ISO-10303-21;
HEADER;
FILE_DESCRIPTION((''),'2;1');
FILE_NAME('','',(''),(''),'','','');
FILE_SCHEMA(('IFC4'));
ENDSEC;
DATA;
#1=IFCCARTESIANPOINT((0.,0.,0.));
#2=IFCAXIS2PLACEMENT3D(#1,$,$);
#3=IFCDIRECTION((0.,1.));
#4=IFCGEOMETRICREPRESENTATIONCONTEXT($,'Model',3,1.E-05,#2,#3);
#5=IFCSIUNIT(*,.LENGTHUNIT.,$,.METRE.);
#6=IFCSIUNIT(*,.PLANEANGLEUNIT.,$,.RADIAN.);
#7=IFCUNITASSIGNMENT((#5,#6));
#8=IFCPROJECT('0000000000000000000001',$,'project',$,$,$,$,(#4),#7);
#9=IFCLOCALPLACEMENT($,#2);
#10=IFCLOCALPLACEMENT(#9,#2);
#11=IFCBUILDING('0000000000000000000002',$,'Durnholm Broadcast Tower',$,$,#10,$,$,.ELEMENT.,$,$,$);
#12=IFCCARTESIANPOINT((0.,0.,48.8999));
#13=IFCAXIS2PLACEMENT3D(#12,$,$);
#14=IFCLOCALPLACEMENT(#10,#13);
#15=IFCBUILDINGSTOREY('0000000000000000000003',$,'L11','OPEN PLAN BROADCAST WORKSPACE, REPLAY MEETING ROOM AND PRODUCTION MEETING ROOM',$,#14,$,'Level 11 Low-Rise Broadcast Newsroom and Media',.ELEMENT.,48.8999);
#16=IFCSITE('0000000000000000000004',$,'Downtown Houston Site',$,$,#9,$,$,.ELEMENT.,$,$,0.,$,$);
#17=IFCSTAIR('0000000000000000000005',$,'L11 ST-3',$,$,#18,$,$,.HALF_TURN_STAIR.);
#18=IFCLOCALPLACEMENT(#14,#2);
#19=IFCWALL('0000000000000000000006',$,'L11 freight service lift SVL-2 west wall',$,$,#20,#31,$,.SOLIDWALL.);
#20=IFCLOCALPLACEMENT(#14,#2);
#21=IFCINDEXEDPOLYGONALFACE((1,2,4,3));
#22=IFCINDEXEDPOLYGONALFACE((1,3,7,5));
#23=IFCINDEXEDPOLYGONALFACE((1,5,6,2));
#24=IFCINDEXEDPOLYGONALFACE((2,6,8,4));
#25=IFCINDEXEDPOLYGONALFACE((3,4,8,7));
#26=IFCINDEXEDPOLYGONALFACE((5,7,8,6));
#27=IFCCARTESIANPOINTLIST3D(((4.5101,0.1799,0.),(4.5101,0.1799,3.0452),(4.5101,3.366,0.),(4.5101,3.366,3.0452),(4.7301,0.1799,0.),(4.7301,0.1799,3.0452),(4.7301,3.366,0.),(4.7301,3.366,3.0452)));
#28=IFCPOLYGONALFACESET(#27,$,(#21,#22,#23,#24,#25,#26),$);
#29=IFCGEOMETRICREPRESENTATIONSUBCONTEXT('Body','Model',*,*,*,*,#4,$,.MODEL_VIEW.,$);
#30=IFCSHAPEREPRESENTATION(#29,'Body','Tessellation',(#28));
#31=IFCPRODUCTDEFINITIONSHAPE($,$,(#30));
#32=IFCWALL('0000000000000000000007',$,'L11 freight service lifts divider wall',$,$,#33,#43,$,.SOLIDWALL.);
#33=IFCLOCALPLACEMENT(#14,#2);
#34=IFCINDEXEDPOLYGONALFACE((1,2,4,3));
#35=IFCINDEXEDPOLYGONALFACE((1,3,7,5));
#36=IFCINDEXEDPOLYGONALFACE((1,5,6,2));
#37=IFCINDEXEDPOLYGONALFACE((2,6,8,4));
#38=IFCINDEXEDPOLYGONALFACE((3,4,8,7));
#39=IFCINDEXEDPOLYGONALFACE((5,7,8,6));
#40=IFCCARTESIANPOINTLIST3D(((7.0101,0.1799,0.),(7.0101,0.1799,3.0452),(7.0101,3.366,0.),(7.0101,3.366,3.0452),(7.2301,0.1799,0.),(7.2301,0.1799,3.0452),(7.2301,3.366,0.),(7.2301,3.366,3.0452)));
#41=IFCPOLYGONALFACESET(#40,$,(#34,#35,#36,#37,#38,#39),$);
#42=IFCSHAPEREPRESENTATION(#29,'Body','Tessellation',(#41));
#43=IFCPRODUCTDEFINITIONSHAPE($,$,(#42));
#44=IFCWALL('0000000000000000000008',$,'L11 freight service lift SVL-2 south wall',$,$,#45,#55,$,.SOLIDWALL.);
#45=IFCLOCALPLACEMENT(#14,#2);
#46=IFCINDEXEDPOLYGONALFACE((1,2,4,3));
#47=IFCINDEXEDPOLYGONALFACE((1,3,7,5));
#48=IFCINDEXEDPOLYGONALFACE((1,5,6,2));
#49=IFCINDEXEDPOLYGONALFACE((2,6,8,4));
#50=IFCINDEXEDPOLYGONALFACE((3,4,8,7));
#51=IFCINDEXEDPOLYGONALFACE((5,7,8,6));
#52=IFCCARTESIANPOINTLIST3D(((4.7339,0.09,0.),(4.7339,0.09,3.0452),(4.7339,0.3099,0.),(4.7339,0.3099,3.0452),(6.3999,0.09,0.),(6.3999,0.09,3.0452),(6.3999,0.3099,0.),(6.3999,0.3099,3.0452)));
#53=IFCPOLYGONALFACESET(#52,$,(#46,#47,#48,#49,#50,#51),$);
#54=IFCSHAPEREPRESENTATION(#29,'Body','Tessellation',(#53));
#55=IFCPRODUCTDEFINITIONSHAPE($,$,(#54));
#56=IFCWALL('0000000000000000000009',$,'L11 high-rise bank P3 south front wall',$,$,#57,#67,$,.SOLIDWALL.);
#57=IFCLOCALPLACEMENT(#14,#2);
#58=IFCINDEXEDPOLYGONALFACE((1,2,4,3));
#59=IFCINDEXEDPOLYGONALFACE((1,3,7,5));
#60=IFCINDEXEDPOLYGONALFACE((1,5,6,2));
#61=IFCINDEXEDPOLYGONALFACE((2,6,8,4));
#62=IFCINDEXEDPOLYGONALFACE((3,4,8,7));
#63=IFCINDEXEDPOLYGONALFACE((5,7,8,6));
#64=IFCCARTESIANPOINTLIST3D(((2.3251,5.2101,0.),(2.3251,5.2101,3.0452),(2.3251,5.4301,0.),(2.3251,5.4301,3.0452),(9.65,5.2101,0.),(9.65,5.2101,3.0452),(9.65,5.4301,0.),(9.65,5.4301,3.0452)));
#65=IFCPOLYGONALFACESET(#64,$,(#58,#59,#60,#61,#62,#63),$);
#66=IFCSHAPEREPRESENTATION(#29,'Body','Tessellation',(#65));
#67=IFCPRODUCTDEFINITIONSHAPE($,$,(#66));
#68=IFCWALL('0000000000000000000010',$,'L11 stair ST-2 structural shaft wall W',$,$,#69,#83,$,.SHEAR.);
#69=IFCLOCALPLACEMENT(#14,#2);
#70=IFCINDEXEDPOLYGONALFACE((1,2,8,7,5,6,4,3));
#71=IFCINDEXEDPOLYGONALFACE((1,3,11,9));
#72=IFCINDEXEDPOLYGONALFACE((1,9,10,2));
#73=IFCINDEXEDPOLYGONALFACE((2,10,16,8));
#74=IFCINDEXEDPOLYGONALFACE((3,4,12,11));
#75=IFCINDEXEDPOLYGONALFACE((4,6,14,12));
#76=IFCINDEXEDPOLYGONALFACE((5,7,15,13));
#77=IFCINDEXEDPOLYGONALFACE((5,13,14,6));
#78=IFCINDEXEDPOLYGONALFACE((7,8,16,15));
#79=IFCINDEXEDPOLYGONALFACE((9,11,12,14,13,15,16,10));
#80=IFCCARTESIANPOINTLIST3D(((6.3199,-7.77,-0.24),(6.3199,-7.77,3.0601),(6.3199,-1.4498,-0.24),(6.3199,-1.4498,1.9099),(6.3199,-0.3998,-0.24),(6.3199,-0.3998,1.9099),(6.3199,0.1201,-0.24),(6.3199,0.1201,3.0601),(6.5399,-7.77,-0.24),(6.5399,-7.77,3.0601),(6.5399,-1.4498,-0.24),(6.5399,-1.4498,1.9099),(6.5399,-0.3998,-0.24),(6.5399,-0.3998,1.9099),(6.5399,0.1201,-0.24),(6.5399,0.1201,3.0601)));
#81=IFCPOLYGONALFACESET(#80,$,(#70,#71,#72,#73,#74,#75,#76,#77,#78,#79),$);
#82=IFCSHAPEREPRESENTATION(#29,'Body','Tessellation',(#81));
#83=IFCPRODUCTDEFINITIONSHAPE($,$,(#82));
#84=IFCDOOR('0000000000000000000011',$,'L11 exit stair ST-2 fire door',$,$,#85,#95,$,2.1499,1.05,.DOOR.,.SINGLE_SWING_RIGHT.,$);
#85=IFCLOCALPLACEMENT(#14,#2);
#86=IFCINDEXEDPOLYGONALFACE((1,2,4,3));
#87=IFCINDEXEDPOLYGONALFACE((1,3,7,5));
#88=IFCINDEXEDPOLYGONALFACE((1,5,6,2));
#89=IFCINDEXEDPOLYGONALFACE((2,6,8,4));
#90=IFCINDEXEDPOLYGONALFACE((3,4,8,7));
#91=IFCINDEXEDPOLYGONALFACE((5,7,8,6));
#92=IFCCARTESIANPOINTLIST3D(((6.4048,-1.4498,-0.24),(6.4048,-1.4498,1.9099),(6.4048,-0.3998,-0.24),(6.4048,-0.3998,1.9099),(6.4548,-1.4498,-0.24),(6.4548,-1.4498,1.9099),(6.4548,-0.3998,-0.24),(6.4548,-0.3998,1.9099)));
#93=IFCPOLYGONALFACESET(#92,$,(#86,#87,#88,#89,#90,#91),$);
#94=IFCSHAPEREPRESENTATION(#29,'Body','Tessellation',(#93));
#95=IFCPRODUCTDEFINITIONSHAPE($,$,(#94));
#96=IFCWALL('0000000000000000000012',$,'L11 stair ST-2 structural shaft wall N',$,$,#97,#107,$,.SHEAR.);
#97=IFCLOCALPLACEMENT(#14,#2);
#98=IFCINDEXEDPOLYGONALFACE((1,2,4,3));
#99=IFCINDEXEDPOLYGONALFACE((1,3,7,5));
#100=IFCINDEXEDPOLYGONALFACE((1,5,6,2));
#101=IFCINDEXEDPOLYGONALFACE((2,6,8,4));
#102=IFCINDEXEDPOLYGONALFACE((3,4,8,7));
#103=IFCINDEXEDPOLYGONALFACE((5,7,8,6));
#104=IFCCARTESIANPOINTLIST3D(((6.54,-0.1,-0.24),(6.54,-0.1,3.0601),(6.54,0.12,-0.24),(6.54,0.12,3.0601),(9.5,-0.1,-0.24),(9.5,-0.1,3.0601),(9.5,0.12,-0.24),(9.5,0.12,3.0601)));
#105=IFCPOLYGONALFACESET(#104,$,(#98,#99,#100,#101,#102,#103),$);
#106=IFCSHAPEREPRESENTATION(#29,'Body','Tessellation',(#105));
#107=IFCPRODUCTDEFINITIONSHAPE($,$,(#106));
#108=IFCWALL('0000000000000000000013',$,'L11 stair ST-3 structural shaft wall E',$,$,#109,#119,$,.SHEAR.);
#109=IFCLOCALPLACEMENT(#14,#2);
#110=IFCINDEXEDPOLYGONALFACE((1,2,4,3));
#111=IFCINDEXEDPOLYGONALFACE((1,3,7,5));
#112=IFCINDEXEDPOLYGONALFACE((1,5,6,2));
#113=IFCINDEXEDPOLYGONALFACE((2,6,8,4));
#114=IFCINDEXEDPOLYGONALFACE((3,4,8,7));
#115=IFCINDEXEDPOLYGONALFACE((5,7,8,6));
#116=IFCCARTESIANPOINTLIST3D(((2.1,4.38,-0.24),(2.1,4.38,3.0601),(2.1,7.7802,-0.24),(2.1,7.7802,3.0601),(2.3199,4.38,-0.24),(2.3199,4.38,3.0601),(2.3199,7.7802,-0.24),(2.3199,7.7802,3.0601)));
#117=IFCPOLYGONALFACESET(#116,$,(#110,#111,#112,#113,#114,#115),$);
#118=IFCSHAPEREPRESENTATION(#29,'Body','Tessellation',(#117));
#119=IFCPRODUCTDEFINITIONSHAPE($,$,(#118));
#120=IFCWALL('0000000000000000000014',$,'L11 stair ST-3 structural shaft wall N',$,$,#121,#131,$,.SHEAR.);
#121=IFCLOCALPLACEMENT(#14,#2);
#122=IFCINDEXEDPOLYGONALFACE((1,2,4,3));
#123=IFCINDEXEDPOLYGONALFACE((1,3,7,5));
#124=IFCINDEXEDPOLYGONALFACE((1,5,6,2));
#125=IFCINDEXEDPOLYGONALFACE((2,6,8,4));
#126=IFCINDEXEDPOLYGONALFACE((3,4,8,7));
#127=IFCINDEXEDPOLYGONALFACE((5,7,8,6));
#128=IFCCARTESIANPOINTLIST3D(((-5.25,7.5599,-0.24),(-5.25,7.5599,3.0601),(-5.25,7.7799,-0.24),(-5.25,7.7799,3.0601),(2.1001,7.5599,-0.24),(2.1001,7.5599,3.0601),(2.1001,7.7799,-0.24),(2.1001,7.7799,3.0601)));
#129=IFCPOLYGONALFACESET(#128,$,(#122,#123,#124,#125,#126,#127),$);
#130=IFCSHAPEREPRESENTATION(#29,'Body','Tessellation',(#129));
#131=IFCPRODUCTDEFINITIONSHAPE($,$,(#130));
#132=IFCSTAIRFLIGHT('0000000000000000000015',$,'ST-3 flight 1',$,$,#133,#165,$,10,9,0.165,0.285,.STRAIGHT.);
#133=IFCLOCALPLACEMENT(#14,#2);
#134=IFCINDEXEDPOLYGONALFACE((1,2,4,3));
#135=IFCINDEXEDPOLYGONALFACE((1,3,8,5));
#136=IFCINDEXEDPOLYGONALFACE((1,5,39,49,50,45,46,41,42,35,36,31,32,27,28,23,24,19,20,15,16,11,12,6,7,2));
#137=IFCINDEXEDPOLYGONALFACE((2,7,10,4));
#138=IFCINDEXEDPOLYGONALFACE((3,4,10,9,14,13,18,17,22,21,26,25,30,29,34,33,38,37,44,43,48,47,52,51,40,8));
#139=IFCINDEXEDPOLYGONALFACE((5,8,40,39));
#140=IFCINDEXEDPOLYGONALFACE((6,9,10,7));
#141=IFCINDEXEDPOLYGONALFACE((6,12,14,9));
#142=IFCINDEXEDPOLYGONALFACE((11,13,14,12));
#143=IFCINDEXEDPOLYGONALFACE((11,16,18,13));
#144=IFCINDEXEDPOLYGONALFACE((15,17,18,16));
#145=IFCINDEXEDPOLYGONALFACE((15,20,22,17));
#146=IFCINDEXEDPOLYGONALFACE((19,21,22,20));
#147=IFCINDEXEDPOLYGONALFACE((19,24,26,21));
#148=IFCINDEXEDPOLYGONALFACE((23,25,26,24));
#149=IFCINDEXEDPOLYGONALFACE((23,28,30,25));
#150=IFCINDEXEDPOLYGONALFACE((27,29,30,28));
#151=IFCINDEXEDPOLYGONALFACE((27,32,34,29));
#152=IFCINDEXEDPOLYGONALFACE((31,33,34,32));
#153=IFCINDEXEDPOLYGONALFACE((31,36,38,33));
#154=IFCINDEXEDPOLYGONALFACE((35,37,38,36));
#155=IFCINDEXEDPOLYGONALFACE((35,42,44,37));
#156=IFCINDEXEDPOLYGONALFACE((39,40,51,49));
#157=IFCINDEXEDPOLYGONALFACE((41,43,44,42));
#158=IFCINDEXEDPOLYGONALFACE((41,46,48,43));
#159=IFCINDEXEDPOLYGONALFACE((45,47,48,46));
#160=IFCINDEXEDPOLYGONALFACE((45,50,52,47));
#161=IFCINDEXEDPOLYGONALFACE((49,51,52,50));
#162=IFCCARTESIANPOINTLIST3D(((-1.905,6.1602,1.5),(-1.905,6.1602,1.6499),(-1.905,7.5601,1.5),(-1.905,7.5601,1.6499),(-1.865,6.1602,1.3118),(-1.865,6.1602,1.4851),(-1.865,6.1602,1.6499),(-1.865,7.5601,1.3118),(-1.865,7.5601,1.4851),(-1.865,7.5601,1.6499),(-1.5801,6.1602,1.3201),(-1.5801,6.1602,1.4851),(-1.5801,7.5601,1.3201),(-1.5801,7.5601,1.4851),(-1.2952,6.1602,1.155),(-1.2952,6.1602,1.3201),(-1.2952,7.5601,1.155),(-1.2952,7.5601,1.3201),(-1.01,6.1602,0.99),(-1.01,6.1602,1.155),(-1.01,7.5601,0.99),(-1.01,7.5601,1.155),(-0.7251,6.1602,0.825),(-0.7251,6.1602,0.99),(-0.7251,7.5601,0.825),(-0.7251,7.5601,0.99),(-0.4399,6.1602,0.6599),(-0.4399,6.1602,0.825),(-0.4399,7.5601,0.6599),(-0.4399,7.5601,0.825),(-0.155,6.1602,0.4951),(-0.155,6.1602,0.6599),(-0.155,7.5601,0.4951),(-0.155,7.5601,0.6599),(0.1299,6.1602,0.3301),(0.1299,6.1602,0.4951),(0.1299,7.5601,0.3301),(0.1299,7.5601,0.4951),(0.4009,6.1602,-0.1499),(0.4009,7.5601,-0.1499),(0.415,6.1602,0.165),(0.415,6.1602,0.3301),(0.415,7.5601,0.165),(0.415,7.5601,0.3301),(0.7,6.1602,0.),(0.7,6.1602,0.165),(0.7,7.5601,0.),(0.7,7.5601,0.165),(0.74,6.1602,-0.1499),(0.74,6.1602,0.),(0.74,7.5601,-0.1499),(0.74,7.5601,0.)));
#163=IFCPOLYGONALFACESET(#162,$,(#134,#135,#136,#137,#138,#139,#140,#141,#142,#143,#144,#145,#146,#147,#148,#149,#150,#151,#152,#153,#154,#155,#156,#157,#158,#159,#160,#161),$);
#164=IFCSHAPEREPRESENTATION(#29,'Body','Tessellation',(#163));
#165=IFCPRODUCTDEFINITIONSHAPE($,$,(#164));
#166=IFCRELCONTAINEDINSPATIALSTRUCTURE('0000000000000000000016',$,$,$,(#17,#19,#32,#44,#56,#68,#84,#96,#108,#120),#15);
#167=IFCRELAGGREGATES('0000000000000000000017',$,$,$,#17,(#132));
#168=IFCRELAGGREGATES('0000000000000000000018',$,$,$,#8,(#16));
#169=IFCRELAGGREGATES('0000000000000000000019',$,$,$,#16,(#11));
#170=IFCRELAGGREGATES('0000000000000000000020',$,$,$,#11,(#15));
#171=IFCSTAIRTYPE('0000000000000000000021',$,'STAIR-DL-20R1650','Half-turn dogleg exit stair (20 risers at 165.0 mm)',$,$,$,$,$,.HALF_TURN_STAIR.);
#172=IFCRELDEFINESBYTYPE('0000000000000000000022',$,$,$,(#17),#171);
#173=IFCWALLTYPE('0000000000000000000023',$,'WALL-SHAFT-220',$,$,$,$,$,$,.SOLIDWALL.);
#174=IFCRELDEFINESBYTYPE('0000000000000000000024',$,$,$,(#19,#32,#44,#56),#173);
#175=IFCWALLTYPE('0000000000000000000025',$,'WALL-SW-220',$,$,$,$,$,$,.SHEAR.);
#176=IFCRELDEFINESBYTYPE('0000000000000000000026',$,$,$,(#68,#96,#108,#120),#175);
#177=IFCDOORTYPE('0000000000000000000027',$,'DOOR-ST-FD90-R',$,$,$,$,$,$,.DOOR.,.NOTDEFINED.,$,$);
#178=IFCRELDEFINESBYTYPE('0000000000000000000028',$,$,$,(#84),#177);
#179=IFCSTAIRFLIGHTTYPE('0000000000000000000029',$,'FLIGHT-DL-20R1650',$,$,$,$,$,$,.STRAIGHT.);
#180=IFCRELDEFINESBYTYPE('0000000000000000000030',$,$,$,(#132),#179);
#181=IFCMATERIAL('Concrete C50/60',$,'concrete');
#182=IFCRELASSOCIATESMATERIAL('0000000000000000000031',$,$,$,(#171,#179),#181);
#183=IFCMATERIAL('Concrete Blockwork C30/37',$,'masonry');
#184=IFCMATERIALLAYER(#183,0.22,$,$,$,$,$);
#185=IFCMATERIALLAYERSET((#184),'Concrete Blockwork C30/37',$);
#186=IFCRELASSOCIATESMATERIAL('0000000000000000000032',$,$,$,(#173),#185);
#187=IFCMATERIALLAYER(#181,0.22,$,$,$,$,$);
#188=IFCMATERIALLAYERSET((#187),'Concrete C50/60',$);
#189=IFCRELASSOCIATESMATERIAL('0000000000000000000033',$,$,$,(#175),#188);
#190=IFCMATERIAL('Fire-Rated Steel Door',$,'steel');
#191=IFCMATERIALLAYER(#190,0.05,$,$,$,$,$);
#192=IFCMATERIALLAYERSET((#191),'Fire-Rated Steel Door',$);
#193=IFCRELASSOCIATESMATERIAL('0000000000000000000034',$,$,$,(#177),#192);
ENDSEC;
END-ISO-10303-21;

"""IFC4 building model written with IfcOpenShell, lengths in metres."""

from ifc_helpers import new_model, si_unit, direction, frame, frame_2d, origin, place, context, subcontext, project, spatial, polyline, rectangle, outline, extrude, source, transform, mapped, material, layer, layer_set, type_object, type_shapes, element, fill, aggregate, save


model = new_model("IFC4")

# Units and contexts
model_context = context("Model", 3, precision=1e-05, world=origin(), true_north=direction((0.0, 1.0)))
body_context = subcontext(model_context, "Body", "Model", "MODEL_VIEW")
ifc_project = project(units=[si_unit("LENGTHUNIT", "METRE"), si_unit("PLANEANGLEUNIT", "RADIAN")], contexts=[model_context])

# Site, building, storey
site_placement = place(None, origin())
site = spatial("IfcSite", under=ifc_project, at=site_placement, Name="Downtown Houston Site", CompositionType="ELEMENT", RefElevation=0.0)
building_placement = place(site_placement, origin())
building = spatial("IfcBuilding", under=site, at=building_placement, Name="Durnholm Broadcast Tower", CompositionType="ELEMENT")
storey_placement = place(building_placement, frame((0.0, 0.0, 48.8999)))
storey = spatial("IfcBuildingStorey", under=building, at=storey_placement, Name="L11", Description="OPEN PLAN BROADCAST WORKSPACE, REPLAY MEETING ROOM AND PRODUCTION MEETING ROOM", LongName="Level 11 Low-Rise Broadcast Newsroom and Media", CompositionType="ELEMENT", Elevation=48.8999)

# Stair
ifc_material_1 = material(Name="Concrete C50/60", Category="concrete")
stair_type = type_object("IfcStairType", Name="STAIR-DL-20R1650", Description="Half-turn dogleg exit stair (20 risers at 165.0 mm)", PredefinedType="HALF_TURN_STAIR", material=ifc_material_1)
stair_1_placement = place(storey_placement, origin())
stair_1 = element("IfcStair", 1, at=stair_1_placement, inside=storey, type_object=stair_type, Name="L11 ST-3", PredefinedType="HALF_TURN_STAIR")

# Shared definitions
ifc_material_2 = material(Name="Concrete Blockwork C30/37", Category="masonry")
ifc_layer_1 = layer(ifc_material_2, 0.22)
ifc_layer_set_1 = layer_set([ifc_layer_1], Name="Concrete Blockwork C30/37")
wall_type_1 = type_object("IfcWallType", Name="WALL-SHAFT-220", PredefinedType="SOLIDWALL", material=ifc_layer_set_1)

# Walls
for number, where, z_axis, x_axis, name in (
    (2, (4.6201, 0.1799, 0.0), (0.0, 0.0, 1.0), (0.0, 1.0, 0.0), "L11 freight service lift SVL-2 west wall"),
    (3, (7.1201, 0.1799, 0.0), (0.0, 0.0, 1.0), (0.0, 1.0, 0.0), "L11 freight service lifts divider wall"),
):
    element("IfcWall", number, at=place(storey_placement, frame(where, z_axis=z_axis, x_axis=x_axis)), inside=storey, type_object=wall_type_1, Name=name, PredefinedType="SOLIDWALL", context=body_context, shape_type="SweptSolid", body=[
        extrude(rectangle(XDim=3.186, YDim=0.22, at=frame_2d((1.593, 0.0))), origin(), (0.0, 0.0, 1.0), 3.0452),
    ])
wall_1_placement = place(storey_placement, frame((4.7339, 0.2, 0.0), z_axis=(0.0, 0.0, 1.0), x_axis=(1.0, 0.0, 0.0)))
element("IfcWall", 4, at=wall_1_placement, inside=storey, type_object=wall_type_1, Name="L11 freight service lift SVL-2 south wall", PredefinedType="SOLIDWALL", context=body_context, shape_type="SweptSolid", body=[
    extrude(rectangle(XDim=1.666, YDim=0.22, at=frame_2d((0.833, 0.0))), origin(), (0.0, 0.0, 1.0), 3.0452),
])
wall_2_placement = place(storey_placement, frame((2.325, 5.3201, 0.0), z_axis=(0.0, 0.0, 1.0), x_axis=(1.0, 0.0, 0.0)))
element("IfcWall", 5, at=wall_2_placement, inside=storey, type_object=wall_type_1, Name="L11 high-rise bank P3 south front wall", PredefinedType="SOLIDWALL", context=body_context, shape_type="SweptSolid", body=[
    extrude(rectangle(XDim=7.325, YDim=0.22, at=frame_2d((3.6626, 0.0))), origin(), (0.0, 0.0, 1.0), 3.0452),
])

# Wall, opening, door
ifc_layer_2 = layer(ifc_material_1, 0.22)
ifc_layer_set_2 = layer_set([ifc_layer_2], Name="Concrete C50/60")
wall_type_2 = type_object("IfcWallType", Name="WALL-SW-220", PredefinedType="SHEAR", material=ifc_layer_set_2)
wall_3_placement = place(storey_placement, frame((6.4299, 0.1201, -0.24), z_axis=(0.0, 0.0, 1.0), x_axis=(0.0, -1.0, 0.0)))
wall_3 = element("IfcWall", 6, at=wall_3_placement, inside=storey, type_object=wall_type_2, Name="L11 stair ST-2 structural shaft wall W", PredefinedType="SHEAR", context=body_context, shape_type="SweptSolid", body=[
    extrude(rectangle(XDim=7.8901, YDim=0.22, at=frame_2d((3.9451, 0.0))), origin(), (0.0, 0.0, 1.0), 3.3),
])
opening_1_placement = place(wall_3_placement, frame((0.52, 0.0, 0.0)))
opening_1 = element("IfcOpeningElement", 7, at=opening_1_placement, cuts=wall_3, PredefinedType="OPENING", context=body_context, shape_type="SweptSolid", body=[
    extrude(rectangle(XDim=1.05, YDim=2.1499, at=frame_2d((0.5249, 1.075))), frame((0.0, 0.1201, 0.0), z_axis=(0.0, -1.0, 0.0), x_axis=(1.0, 0.0, 0.0)), (0.0, 0.0, 1.0), 0.24),
])
ifc_material_3 = material(Name="Fire-Rated Steel Door", Category="steel")
ifc_layer_3 = layer(ifc_material_3, 0.05)
ifc_layer_set_3 = layer_set([ifc_layer_3], Name="Fire-Rated Steel Door")
door_type_1 = type_object("IfcDoorType", Name="DOOR-ST-FD90-R", OperationType="NOTDEFINED", PredefinedType="DOOR", material=ifc_layer_set_3)
shared_shape_1 = source(origin(), body_context, "Body", "SweptSolid", [
    extrude(rectangle(XDim=1.05, YDim=2.1499, at=frame_2d((0.5249, 1.075))), frame((0.0, 0.0249, 0.0), z_axis=(0.0, -1.0, 0.0), x_axis=(1.0, 0.0, 0.0)), (0.0, 0.0, 1.0), 0.05),
])
type_shapes(door_type_1, [shared_shape_1])
door_1_placement = place(opening_1_placement, origin())
door_1 = element("IfcDoor", 8, at=door_1_placement, inside=storey, type_object=door_type_1, Name="L11 exit stair ST-2 fire door", OperationType="SINGLE_SWING_RIGHT", OverallHeight=2.1499, OverallWidth=1.05, PredefinedType="DOOR", context=body_context, shape_type="MappedRepresentation", body=[
    mapped(shared_shape_1, transform((0.0, 0.0, 0.0), x_axis=(1.0, 0.0, 0.0), y_axis=(0.0, 1.0, 0.0), z_axis=(0.0, 0.0, 1.0), scale=1.0)),
])
fill(opening_1, door_1)

# Walls
wall_4_placement = place(storey_placement, frame((9.5, 0.01, -0.24), z_axis=(0.0, 0.0, 1.0), x_axis=(-1.0, 0.0, 0.0)))
element("IfcWall", 9, at=wall_4_placement, inside=storey, type_object=wall_type_2, Name="L11 stair ST-2 structural shaft wall N", PredefinedType="SHEAR", context=body_context, shape_type="SweptSolid", body=[
    extrude(rectangle(XDim=2.96, YDim=0.22, at=frame_2d((1.48, 0.0))), origin(), (0.0, 0.0, 1.0), 3.3),
])
wall_5_placement = place(storey_placement, frame((2.21, 4.3799, -0.24), z_axis=(0.0, 0.0, 1.0), x_axis=(0.0, 1.0, 0.0)))
element("IfcWall", 10, at=wall_5_placement, inside=storey, type_object=wall_type_2, Name="L11 stair ST-3 structural shaft wall E", PredefinedType="SHEAR", context=body_context, shape_type="SweptSolid", body=[
    extrude(rectangle(XDim=3.4001, YDim=0.22, at=frame_2d((1.7002, 0.0))), origin(), (0.0, 0.0, 1.0), 3.3),
])
wall_6_placement = place(storey_placement, frame((2.1001, 7.6699, -0.24), z_axis=(0.0, 0.0, 1.0), x_axis=(-1.0, 0.0, 0.0)))
element("IfcWall", 11, at=wall_6_placement, inside=storey, type_object=wall_type_2, Name="L11 stair ST-3 structural shaft wall N", PredefinedType="SHEAR", context=body_context, shape_type="SweptSolid", body=[
    extrude(rectangle(XDim=7.3501, YDim=0.22, at=frame_2d((3.675, 0.0))), origin(), (0.0, 0.0, 1.0), 3.3),
])

# Stair flight
stair_flight_type = type_object("IfcStairFlightType", Name="FLIGHT-DL-20R1650", PredefinedType="STRAIGHT", material=ifc_material_1)
stair_flight_placement = place(storey_placement, frame((0.7, 6.8601, 0.0), z_axis=(0.0, 0.0, 1.0), x_axis=(-1.0, 0.0, 0.0)))
stair_flight = element("IfcStairFlight", 12, at=stair_flight_placement, type_object=stair_flight_type, Name="ST-3 flight 1", NumberOfRisers=10, NumberOfTreads=9, PredefinedType="STRAIGHT", RiserHeight=0.165, TreadLength=0.285, context=body_context, shape_type="SweptSolid", body=[
    extrude(outline(polyline([(-0.04, -0.1499), (-0.04, 0.0), (0.0, 0.0), (0.0, 0.165), (0.2849, 0.165), (0.2849, 0.3301), (0.5701, 0.3301), (0.5701, 0.4951), (0.855, 0.4951), (0.855, 0.6599), (1.1399, 0.6599), (1.1399, 0.825), (1.425, 0.825), (1.425, 0.99), (1.71, 0.99), (1.71, 1.155), (1.9951, 1.155), (1.9951, 1.3201), (2.28, 1.3201), (2.28, 1.4851), (2.5649, 1.4851), (2.5649, 1.6499), (2.605, 1.6499), (2.605, 1.5), (2.5649, 1.3118), (0.2991, -0.1499), (-0.04, -0.1499)])), frame((0.0, 0.7, 0.0), z_axis=(0.0, -1.0, 0.0), x_axis=(1.0, 0.0, 0.0)), (0.0, 0.0, 1.0), 1.3999),
])
aggregate(stair_1, [stair_flight])

save(model, "model.ifc")
